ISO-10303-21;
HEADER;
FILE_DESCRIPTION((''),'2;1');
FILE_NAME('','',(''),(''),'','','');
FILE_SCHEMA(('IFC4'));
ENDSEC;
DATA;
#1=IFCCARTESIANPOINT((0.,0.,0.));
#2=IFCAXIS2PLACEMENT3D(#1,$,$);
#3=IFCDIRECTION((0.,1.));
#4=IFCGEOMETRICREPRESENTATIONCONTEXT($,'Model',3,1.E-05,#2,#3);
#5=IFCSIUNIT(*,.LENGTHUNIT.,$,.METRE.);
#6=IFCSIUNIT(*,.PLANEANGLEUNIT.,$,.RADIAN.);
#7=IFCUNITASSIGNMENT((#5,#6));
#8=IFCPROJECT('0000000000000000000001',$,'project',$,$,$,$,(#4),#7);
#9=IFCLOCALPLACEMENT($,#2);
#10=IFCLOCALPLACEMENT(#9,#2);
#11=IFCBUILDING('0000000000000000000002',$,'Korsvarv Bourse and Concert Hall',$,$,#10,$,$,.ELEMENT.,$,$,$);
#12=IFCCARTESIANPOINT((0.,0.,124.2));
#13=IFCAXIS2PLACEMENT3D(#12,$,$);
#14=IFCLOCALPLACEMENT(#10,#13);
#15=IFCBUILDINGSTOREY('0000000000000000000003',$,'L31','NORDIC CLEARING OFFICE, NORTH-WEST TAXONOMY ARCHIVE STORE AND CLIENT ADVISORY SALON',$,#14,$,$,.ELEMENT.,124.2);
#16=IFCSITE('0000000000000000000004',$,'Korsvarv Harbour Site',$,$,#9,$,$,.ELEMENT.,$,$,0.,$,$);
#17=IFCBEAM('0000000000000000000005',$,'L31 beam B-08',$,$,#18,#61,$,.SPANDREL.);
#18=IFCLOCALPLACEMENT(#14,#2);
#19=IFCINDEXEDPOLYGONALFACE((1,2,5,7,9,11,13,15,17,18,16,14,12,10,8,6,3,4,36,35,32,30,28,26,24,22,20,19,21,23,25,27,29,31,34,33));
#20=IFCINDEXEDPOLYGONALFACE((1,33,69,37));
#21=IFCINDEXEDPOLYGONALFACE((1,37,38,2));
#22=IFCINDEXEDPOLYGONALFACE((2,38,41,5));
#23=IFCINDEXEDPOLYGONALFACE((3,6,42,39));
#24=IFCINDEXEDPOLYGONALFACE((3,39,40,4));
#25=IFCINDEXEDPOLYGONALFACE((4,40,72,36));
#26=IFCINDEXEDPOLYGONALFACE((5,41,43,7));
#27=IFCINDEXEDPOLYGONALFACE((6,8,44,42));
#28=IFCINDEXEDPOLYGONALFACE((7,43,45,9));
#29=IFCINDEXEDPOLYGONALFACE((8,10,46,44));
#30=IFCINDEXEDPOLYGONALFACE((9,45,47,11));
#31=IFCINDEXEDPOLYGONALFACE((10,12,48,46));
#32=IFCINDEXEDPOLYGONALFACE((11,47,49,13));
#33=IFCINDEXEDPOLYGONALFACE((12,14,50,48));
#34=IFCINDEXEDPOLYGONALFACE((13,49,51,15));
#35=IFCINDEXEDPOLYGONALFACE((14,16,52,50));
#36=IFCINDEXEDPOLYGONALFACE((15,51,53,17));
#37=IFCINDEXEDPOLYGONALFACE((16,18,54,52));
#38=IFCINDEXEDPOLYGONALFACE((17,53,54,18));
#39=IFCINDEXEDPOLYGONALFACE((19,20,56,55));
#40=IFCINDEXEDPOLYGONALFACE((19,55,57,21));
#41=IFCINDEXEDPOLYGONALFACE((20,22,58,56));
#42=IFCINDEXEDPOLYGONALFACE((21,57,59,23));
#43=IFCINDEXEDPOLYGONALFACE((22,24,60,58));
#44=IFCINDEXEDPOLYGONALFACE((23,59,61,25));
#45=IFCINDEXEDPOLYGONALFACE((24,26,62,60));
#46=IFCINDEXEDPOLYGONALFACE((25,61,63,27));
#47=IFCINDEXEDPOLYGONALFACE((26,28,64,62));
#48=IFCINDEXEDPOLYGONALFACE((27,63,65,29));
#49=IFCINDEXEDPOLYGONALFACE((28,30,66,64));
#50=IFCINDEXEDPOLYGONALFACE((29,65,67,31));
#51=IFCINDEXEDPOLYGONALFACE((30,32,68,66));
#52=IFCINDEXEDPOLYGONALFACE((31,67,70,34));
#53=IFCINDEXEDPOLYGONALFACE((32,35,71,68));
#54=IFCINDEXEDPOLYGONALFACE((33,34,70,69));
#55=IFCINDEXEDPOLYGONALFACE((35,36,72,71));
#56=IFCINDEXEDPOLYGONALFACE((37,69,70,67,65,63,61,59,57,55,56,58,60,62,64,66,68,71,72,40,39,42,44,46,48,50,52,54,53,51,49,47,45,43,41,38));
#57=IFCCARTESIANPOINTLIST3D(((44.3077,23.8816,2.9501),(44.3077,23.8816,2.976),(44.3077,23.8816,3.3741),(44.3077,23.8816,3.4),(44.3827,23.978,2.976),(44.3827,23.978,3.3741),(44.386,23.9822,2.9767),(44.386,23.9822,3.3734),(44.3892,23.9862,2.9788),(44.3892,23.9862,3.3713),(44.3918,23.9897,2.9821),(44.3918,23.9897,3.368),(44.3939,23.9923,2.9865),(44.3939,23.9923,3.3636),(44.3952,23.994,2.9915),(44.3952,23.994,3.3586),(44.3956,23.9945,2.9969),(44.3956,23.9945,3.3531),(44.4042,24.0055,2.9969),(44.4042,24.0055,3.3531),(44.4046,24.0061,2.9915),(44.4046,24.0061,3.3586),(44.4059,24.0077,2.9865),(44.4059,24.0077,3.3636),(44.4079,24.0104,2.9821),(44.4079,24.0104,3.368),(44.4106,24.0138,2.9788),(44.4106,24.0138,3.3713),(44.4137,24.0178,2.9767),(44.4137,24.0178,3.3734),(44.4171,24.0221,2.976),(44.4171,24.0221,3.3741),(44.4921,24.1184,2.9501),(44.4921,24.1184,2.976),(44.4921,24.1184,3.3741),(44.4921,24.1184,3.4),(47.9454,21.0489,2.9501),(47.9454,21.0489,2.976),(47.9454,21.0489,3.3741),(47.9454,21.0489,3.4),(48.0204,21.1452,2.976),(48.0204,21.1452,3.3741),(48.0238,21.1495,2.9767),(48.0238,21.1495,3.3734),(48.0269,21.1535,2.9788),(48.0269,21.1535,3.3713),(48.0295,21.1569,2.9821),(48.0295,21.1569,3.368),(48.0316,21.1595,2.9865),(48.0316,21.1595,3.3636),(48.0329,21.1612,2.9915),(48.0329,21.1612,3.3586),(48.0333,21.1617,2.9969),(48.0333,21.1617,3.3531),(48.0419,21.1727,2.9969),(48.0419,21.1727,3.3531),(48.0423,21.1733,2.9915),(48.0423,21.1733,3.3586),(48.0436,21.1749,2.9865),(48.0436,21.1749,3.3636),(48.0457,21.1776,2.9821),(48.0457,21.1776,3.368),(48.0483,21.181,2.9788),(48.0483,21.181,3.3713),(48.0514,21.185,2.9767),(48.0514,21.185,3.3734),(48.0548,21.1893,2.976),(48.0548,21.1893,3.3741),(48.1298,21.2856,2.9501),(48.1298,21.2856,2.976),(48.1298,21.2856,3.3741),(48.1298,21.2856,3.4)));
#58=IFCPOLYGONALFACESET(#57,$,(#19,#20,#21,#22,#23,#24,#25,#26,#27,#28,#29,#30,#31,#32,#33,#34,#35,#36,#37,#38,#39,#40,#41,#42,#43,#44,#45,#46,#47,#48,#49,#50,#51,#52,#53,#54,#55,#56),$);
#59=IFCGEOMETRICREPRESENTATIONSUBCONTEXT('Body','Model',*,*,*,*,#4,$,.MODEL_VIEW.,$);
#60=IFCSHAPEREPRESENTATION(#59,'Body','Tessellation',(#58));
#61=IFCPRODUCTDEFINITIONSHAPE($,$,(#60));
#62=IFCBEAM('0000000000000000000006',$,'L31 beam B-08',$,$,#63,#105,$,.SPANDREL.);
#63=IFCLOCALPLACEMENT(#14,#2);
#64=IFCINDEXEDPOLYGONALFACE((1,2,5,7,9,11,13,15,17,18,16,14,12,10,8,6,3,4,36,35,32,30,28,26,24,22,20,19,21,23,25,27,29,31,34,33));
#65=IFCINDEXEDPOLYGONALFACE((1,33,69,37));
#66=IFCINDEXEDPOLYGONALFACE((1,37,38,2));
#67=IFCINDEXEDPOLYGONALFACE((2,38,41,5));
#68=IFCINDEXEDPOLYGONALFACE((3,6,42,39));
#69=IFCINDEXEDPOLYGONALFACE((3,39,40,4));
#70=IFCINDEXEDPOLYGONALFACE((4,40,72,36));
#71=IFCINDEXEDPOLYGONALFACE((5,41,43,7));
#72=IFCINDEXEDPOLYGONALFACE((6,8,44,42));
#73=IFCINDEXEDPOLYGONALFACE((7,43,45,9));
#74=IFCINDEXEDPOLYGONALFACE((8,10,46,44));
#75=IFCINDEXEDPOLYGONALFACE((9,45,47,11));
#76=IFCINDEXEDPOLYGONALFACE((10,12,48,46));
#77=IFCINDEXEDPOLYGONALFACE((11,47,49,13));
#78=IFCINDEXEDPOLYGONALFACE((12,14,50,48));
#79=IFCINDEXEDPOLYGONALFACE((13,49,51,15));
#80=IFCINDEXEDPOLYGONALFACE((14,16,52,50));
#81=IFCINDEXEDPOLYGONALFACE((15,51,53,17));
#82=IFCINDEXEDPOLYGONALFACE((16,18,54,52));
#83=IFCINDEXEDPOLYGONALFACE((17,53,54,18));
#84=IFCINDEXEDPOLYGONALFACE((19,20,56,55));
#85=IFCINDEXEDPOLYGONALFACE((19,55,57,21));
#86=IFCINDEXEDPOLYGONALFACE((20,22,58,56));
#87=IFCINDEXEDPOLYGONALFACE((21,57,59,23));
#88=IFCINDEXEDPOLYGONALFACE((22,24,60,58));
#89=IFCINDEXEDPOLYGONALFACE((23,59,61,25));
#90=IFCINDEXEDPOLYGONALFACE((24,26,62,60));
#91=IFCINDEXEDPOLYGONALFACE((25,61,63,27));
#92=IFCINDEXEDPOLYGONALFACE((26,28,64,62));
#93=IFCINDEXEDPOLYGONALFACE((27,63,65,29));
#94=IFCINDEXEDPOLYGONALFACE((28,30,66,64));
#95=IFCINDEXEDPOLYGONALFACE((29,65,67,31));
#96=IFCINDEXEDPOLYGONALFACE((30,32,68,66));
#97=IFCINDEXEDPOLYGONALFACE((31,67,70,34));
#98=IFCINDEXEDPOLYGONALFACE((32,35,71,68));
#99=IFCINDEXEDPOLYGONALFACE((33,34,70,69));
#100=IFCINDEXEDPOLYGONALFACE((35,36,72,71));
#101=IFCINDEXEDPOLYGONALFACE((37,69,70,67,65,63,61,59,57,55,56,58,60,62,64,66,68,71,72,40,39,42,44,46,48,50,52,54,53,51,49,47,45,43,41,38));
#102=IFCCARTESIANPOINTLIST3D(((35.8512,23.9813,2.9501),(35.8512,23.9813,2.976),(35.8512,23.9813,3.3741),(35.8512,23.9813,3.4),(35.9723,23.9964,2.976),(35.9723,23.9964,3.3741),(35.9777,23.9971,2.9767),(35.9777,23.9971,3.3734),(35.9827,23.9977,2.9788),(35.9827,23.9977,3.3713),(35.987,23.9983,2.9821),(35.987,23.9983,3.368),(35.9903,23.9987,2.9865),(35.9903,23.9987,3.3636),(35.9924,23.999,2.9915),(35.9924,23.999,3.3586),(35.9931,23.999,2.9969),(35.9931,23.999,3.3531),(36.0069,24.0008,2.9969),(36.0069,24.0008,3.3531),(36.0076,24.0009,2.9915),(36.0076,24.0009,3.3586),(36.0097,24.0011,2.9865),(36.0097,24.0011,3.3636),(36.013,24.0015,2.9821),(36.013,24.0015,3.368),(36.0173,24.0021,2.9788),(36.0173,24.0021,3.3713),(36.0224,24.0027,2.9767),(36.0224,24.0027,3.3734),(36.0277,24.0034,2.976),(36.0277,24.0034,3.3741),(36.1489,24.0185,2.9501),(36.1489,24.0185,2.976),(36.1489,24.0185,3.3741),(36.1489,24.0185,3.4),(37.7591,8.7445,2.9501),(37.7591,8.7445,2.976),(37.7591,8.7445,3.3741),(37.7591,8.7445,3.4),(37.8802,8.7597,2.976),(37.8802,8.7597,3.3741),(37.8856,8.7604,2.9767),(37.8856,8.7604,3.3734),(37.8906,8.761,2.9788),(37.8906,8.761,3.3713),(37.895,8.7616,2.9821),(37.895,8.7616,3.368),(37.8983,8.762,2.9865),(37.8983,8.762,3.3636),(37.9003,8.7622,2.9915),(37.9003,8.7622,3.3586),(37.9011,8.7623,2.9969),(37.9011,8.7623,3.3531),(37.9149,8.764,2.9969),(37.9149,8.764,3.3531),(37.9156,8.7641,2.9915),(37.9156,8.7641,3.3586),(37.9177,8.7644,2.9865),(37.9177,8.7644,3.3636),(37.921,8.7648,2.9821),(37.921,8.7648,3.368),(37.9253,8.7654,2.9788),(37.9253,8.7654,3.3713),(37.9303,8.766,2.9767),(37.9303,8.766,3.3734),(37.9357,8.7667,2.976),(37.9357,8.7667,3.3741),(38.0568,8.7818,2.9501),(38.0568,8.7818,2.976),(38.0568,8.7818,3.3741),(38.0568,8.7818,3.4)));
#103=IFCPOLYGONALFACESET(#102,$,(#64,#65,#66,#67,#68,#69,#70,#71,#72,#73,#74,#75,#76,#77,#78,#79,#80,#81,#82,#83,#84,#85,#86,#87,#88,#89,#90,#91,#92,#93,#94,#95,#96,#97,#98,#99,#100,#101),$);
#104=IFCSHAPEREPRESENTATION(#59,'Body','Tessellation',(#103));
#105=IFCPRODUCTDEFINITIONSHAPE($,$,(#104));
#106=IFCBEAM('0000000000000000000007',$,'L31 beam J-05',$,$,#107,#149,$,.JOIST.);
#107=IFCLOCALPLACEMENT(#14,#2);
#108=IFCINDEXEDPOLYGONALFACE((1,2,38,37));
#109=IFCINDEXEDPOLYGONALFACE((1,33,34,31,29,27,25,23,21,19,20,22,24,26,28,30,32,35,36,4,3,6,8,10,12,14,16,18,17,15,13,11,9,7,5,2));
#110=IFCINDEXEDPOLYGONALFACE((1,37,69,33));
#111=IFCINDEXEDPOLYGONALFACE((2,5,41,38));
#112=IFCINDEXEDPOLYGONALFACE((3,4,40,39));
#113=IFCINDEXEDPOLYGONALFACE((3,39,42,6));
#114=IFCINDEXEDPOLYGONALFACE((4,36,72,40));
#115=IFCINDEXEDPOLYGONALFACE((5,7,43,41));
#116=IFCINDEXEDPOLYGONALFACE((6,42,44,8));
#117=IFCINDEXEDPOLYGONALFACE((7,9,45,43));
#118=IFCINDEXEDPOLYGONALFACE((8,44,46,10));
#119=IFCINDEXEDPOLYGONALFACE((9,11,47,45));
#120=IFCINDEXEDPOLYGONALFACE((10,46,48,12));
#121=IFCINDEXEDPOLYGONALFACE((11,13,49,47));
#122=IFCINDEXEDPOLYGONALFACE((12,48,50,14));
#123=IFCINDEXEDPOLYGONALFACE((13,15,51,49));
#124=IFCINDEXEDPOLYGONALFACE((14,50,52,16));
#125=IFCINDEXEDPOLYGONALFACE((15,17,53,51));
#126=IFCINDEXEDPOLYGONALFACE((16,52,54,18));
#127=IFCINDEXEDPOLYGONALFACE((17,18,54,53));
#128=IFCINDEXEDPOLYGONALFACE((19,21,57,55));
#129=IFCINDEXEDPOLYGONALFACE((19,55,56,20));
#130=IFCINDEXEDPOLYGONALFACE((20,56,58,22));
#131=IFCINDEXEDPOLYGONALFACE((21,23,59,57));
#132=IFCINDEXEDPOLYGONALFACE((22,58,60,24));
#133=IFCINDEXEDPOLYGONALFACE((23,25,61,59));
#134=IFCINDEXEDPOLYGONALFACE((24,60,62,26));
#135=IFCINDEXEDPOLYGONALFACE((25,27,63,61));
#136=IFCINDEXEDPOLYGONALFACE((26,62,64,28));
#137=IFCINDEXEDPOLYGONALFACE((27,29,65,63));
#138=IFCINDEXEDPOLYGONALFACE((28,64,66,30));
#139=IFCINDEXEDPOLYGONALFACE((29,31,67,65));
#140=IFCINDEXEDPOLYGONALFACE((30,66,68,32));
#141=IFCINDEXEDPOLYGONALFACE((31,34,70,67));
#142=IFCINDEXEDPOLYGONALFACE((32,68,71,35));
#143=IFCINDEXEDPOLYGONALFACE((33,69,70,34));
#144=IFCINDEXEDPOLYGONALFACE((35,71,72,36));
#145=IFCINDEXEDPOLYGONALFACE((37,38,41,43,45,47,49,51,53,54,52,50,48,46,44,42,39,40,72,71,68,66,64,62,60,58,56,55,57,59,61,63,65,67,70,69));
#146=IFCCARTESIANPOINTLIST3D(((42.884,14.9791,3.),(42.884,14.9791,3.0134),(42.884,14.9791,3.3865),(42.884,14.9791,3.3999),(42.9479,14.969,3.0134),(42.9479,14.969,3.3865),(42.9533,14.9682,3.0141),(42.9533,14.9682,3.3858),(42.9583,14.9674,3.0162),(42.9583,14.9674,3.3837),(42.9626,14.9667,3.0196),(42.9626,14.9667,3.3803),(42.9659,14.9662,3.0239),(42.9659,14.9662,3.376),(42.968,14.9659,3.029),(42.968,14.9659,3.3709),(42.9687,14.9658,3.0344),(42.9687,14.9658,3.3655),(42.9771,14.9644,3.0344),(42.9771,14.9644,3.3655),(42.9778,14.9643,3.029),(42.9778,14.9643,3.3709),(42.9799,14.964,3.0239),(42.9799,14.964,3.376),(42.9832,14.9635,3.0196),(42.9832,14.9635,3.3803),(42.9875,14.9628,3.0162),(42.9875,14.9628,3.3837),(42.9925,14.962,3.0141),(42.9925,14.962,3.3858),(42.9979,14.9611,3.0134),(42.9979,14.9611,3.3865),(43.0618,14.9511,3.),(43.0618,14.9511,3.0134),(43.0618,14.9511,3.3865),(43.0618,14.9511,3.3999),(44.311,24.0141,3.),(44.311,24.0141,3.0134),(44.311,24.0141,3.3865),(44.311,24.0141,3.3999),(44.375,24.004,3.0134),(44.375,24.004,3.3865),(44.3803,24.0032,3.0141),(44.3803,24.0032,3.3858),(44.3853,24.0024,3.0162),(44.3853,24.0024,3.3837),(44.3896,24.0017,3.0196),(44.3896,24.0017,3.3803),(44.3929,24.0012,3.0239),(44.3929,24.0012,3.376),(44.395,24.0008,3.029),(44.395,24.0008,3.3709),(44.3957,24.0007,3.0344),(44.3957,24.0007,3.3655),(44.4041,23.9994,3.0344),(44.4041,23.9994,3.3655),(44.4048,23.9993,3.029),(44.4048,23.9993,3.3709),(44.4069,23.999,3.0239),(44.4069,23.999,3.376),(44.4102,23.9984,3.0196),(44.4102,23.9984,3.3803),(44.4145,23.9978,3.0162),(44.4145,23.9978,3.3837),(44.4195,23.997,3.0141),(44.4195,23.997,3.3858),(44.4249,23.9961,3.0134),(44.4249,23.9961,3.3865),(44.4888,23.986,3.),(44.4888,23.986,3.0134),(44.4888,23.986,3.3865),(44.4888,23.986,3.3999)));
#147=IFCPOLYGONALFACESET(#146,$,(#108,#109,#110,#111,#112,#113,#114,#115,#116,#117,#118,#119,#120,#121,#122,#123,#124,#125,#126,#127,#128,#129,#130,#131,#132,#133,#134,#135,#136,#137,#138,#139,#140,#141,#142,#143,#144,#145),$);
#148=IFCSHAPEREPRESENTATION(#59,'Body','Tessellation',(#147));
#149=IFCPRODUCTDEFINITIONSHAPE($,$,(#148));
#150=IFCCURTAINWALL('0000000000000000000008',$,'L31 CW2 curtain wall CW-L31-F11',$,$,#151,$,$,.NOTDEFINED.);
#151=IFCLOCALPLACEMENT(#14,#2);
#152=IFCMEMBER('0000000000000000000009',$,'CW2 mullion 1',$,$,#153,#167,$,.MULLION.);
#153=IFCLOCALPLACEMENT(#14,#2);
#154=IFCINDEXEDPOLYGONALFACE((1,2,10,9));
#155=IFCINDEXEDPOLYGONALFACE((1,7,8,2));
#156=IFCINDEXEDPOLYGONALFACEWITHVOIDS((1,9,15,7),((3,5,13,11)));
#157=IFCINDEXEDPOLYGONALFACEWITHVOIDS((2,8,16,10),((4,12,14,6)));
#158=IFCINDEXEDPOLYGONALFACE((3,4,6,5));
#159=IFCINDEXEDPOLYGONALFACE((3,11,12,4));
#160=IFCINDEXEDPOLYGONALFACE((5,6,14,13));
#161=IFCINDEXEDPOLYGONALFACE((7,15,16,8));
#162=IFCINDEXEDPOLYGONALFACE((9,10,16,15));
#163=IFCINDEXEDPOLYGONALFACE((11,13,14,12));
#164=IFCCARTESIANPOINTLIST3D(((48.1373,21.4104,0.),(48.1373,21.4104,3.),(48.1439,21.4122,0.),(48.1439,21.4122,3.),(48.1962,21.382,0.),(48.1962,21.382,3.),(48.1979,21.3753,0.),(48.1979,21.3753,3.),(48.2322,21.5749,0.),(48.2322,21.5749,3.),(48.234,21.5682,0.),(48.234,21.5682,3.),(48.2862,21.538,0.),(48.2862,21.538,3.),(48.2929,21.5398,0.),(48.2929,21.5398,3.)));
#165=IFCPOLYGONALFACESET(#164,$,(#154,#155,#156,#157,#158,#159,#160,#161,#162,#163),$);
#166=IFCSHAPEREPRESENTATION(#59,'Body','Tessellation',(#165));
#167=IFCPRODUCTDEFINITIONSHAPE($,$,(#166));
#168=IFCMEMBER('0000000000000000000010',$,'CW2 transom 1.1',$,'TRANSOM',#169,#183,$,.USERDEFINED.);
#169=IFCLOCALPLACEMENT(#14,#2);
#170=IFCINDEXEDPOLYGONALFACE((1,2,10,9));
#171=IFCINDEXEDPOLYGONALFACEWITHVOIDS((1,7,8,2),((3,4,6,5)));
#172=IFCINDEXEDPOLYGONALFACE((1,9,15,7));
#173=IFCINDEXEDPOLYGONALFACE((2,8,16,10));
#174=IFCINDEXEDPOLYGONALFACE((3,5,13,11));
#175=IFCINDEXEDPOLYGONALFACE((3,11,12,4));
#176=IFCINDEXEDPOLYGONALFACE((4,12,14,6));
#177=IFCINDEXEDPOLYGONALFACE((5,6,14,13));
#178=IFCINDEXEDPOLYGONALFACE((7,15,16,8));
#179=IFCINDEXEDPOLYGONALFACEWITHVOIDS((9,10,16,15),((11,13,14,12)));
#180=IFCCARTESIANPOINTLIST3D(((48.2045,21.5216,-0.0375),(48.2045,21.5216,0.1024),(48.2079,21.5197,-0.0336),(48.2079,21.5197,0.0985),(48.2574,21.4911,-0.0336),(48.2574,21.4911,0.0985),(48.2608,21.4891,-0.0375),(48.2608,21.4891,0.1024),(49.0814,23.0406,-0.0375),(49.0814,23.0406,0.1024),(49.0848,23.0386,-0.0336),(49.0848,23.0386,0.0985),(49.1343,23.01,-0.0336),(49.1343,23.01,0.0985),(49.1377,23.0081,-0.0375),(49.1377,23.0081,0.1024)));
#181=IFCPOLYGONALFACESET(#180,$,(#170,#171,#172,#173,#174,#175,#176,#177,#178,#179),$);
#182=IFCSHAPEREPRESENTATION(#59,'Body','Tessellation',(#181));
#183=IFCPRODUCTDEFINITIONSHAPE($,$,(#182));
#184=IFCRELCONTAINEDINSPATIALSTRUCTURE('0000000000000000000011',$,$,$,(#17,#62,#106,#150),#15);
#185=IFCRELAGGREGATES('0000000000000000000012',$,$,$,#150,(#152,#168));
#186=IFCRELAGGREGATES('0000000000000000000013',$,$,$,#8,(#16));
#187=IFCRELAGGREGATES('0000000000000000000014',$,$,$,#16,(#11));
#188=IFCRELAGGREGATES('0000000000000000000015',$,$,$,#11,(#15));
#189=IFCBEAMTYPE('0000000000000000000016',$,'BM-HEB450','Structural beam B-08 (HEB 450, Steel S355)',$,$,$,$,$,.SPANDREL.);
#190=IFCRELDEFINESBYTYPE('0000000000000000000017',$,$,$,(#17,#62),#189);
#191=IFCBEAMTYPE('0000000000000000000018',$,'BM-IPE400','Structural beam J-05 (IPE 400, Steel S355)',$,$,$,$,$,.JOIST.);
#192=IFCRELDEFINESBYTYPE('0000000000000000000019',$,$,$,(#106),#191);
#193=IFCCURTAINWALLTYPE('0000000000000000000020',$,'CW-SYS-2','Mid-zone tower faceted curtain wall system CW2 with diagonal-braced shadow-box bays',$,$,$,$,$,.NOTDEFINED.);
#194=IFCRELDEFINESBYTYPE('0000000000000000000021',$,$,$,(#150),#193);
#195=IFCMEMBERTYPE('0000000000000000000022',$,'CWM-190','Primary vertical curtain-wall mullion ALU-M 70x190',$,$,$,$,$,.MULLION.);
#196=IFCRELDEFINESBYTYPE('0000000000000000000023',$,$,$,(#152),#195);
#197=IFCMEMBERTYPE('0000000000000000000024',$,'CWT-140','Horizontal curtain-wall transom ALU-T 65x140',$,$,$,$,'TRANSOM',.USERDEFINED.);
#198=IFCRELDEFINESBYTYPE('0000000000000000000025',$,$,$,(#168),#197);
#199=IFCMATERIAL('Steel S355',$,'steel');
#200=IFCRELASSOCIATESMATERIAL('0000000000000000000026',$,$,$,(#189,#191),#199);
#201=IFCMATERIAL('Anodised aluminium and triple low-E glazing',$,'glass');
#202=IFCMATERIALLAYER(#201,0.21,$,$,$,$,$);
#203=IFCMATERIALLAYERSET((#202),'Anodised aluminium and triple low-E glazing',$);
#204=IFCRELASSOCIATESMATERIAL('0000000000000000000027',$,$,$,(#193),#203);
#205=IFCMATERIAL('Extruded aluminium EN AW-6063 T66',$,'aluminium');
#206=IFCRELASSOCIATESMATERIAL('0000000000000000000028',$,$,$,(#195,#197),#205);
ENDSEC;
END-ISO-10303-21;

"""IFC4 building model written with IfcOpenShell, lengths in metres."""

from ifc_helpers import new_model, si_unit, direction, frame, origin, origin_2d, place, context, subcontext, project, spatial, hollow_rectangle, i_section, extrude, source, transform, mapped, material, layer, layer_set, material_profile, profile_set, type_object, element, aggregate, save


model = new_model("IFC4")

# Units and contexts
model_context = context("Model", 3, precision=1e-05, world=origin(), true_north=direction((0.0, 1.0)))
body_context = subcontext(model_context, "Body", "Model", "MODEL_VIEW")
ifc_project = project(units=[si_unit("LENGTHUNIT", "METRE"), si_unit("PLANEANGLEUNIT", "RADIAN")], contexts=[model_context])

# Site, building, storey
site_placement = place(None, origin())
site = spatial("IfcSite", under=ifc_project, at=site_placement, Name="Korsvarv Harbour Site", CompositionType="ELEMENT", RefElevation=0.0)
building_placement = place(site_placement, origin())
building = spatial("IfcBuilding", under=site, at=building_placement, Name="Korsvarv Bourse and Concert Hall", CompositionType="ELEMENT")
storey_placement = place(building_placement, frame((0.0, 0.0, 124.2)))
storey = spatial("IfcBuildingStorey", under=building, at=storey_placement, Name="L31", Description="NORDIC CLEARING OFFICE, NORTH-WEST TAXONOMY ARCHIVE STORE AND CLIENT ADVISORY SALON", CompositionType="ELEMENT", Elevation=124.2)

# Beams
ifc_material_1 = material(Name="Steel S355", Category="steel")
ifc_material_profile_1 = material_profile(ifc_material_1, i_section(OverallWidth=0.3, OverallDepth=0.45, WebThickness=0.0139, FlangeThickness=0.0259, FilletRadius=0.021, at=origin_2d()), Name="HEB 450")
ifc_profile_set_1 = profile_set([ifc_material_profile_1], Name="Steel S355")
beam_type_1 = type_object("IfcBeamType", Name="BM-HEB450", Description="Structural beam B-08 (HEB 450, Steel S355)", PredefinedType="SPANDREL", material=ifc_profile_set_1)
shared_shape_1 = source(origin(), body_context, "Body", "SweptSolid", [
    extrude(i_section(OverallWidth=0.3, OverallDepth=0.45, WebThickness=0.0139, FlangeThickness=0.0259, FilletRadius=0.021, at=origin_2d()), origin(), (0.0, 0.0, 1.0), 4.6106),
])
beam_1_placement = place(storey_placement, frame((48.0376, 21.1672, 3.175), z_axis=(-0.78899, 0.614406, 0.0), x_axis=(-0.614406, -0.78899, 0.0)))
element("IfcBeam", 1, at=beam_1_placement, inside=storey, type_object=beam_type_1, Name="L31 beam B-08", PredefinedType="SPANDREL", context=body_context, shape_type="MappedRepresentation", body=[
    mapped(shared_shape_1, transform((0.0, 0.0, 0.0), scale=1.0)),
])
shared_shape_2 = source(origin(), body_context, "Body", "SweptSolid", [
    extrude(i_section(OverallWidth=0.3, OverallDepth=0.45, WebThickness=0.0139, FlangeThickness=0.0259, FilletRadius=0.021, at=origin_2d()), origin(), (0.0, 0.0, 1.0), 15.3557),
])
beam_2_placement = place(storey_placement, frame((37.908, 8.7632, 3.175), z_axis=(-0.12425, 0.992251, 0.0), x_axis=(-0.992251, -0.12425, 0.0)))
element("IfcBeam", 2, at=beam_2_placement, inside=storey, type_object=beam_type_1, Name="L31 beam B-08", PredefinedType="SPANDREL", context=body_context, shape_type="MappedRepresentation", body=[
    mapped(shared_shape_2, transform((0.0, 0.0, 0.0), scale=1.0)),
])
ifc_material_profile_2 = material_profile(ifc_material_1, i_section(OverallWidth=0.1799, OverallDepth=0.3999, WebThickness=0.0085, FlangeThickness=0.0134, FilletRadius=0.021, at=origin_2d()), Name="IPE 400")
ifc_profile_set_2 = profile_set([ifc_material_profile_2], Name="Steel S355")
beam_type_2 = type_object("IfcBeamType", Name="BM-IPE400", Description="Structural beam J-05 (IPE 400, Steel S355)", PredefinedType="JOIST", material=ifc_profile_set_2)
shared_shape_3 = source(origin(), body_context, "Body", "SweptSolid", [
    extrude(i_section(OverallWidth=0.1799, OverallDepth=0.3999, WebThickness=0.0085, FlangeThickness=0.0134, FilletRadius=0.021, at=origin_2d()), origin(), (0.0, 0.0, 1.0), 9.147),
])
beam_3_placement = place(storey_placement, frame((42.9729, 14.9651, 3.2), z_axis=(0.156009, 0.987756, 0.0), x_axis=(-0.987756, 0.156009, 0.0)))
element("IfcBeam", 3, at=beam_3_placement, inside=storey, type_object=beam_type_2, Name="L31 beam J-05", PredefinedType="JOIST", context=body_context, shape_type="MappedRepresentation", body=[
    mapped(shared_shape_3, transform((0.0, 0.0, 0.0), scale=1.0)),
])

# Curtain wall, members
ifc_material_2 = material(Name="Anodised aluminium and triple low-E glazing", Category="glass")
ifc_layer_1 = layer(ifc_material_2, 0.21)
ifc_layer_set_1 = layer_set([ifc_layer_1], Name="Anodised aluminium and triple low-E glazing")
curtain_wall_type = type_object("IfcCurtainWallType", Name="CW-SYS-2", Description="Mid-zone tower faceted curtain wall system CW2 with diagonal-braced shadow-box bays", PredefinedType="NOTDEFINED", material=ifc_layer_set_1)
curtain_wall_placement = place(storey_placement, origin())
curtain_wall = element("IfcCurtainWall", 4, at=curtain_wall_placement, inside=storey, type_object=curtain_wall_type, Name="L31 CW2 curtain wall CW-L31-F11", PredefinedType="NOTDEFINED")
ifc_material_3 = material(Name="Extruded aluminium EN AW-6063 T66", Category="aluminium")
ifc_material_profile_3 = material_profile(ifc_material_3, hollow_rectangle(XDim=0.0701, YDim=0.1899, WallThickness=0.0049, at=origin_2d()), Name="ALU-M 70x190")
ifc_profile_set_3 = profile_set([ifc_material_profile_3], Name="Extruded aluminium EN AW-6063 T66")
member_type_1 = type_object("IfcMemberType", Name="CWM-190", Description="Primary vertical curtain-wall mullion ALU-M 70x190", PredefinedType="MULLION", material=ifc_profile_set_3)
shared_shape_4 = source(origin(), body_context, "Body", "SweptSolid", [
    extrude(hollow_rectangle(XDim=0.0701, YDim=0.1899, WallThickness=0.0049, at=origin_2d()), origin(), (0.0, 0.0, 1.0), 3.0),
])
member_1_placement = place(storey_placement, frame((48.2151, 21.4751, 0.0), z_axis=(0.0, 0.0, 1.0), x_axis=(-0.866021, 0.500007, 0.0)))
member_1 = element("IfcMember", 5, at=member_1_placement, type_object=member_type_1, Name="CW2 mullion 1", PredefinedType="MULLION", context=body_context, shape_type="MappedRepresentation", body=[
    mapped(shared_shape_4, transform((0.0, 0.0, 0.0), scale=1.0)),
])
ifc_material_profile_4 = material_profile(ifc_material_3, hollow_rectangle(XDim=0.0649, YDim=0.1399, WallThickness=0.0039, at=origin_2d()), Name="ALU-T 65x140")
ifc_profile_set_4 = profile_set([ifc_material_profile_4], Name="Extruded aluminium EN AW-6063 T66")
member_type_2 = type_object("IfcMemberType", Name="CWT-140", Description="Horizontal curtain-wall transom ALU-T 65x140", ElementType="TRANSOM", PredefinedType="USERDEFINED", material=ifc_profile_set_4)
shared_shape_5 = source(origin(), body_context, "Body", "SweptSolid", [
    extrude(hollow_rectangle(XDim=0.0649, YDim=0.1399, WallThickness=0.0039, at=origin_2d()), origin(), (0.0, 0.0, 1.0), 1.7539),
])
member_2_placement = place(storey_placement, frame((48.2327, 21.5054, 0.0325), z_axis=(0.499971, 0.866042, 0.0), x_axis=(-0.866042, 0.499971, 0.0)))
member_2 = element("IfcMember", 6, at=member_2_placement, type_object=member_type_2, Name="CW2 transom 1.1", ObjectType="TRANSOM", PredefinedType="USERDEFINED", context=body_context, shape_type="MappedRepresentation", body=[
    mapped(shared_shape_5, transform((0.0, 0.0, 0.0), scale=1.0)),
])
aggregate(curtain_wall, [member_1, member_2])

save(model, "model.ifc")
